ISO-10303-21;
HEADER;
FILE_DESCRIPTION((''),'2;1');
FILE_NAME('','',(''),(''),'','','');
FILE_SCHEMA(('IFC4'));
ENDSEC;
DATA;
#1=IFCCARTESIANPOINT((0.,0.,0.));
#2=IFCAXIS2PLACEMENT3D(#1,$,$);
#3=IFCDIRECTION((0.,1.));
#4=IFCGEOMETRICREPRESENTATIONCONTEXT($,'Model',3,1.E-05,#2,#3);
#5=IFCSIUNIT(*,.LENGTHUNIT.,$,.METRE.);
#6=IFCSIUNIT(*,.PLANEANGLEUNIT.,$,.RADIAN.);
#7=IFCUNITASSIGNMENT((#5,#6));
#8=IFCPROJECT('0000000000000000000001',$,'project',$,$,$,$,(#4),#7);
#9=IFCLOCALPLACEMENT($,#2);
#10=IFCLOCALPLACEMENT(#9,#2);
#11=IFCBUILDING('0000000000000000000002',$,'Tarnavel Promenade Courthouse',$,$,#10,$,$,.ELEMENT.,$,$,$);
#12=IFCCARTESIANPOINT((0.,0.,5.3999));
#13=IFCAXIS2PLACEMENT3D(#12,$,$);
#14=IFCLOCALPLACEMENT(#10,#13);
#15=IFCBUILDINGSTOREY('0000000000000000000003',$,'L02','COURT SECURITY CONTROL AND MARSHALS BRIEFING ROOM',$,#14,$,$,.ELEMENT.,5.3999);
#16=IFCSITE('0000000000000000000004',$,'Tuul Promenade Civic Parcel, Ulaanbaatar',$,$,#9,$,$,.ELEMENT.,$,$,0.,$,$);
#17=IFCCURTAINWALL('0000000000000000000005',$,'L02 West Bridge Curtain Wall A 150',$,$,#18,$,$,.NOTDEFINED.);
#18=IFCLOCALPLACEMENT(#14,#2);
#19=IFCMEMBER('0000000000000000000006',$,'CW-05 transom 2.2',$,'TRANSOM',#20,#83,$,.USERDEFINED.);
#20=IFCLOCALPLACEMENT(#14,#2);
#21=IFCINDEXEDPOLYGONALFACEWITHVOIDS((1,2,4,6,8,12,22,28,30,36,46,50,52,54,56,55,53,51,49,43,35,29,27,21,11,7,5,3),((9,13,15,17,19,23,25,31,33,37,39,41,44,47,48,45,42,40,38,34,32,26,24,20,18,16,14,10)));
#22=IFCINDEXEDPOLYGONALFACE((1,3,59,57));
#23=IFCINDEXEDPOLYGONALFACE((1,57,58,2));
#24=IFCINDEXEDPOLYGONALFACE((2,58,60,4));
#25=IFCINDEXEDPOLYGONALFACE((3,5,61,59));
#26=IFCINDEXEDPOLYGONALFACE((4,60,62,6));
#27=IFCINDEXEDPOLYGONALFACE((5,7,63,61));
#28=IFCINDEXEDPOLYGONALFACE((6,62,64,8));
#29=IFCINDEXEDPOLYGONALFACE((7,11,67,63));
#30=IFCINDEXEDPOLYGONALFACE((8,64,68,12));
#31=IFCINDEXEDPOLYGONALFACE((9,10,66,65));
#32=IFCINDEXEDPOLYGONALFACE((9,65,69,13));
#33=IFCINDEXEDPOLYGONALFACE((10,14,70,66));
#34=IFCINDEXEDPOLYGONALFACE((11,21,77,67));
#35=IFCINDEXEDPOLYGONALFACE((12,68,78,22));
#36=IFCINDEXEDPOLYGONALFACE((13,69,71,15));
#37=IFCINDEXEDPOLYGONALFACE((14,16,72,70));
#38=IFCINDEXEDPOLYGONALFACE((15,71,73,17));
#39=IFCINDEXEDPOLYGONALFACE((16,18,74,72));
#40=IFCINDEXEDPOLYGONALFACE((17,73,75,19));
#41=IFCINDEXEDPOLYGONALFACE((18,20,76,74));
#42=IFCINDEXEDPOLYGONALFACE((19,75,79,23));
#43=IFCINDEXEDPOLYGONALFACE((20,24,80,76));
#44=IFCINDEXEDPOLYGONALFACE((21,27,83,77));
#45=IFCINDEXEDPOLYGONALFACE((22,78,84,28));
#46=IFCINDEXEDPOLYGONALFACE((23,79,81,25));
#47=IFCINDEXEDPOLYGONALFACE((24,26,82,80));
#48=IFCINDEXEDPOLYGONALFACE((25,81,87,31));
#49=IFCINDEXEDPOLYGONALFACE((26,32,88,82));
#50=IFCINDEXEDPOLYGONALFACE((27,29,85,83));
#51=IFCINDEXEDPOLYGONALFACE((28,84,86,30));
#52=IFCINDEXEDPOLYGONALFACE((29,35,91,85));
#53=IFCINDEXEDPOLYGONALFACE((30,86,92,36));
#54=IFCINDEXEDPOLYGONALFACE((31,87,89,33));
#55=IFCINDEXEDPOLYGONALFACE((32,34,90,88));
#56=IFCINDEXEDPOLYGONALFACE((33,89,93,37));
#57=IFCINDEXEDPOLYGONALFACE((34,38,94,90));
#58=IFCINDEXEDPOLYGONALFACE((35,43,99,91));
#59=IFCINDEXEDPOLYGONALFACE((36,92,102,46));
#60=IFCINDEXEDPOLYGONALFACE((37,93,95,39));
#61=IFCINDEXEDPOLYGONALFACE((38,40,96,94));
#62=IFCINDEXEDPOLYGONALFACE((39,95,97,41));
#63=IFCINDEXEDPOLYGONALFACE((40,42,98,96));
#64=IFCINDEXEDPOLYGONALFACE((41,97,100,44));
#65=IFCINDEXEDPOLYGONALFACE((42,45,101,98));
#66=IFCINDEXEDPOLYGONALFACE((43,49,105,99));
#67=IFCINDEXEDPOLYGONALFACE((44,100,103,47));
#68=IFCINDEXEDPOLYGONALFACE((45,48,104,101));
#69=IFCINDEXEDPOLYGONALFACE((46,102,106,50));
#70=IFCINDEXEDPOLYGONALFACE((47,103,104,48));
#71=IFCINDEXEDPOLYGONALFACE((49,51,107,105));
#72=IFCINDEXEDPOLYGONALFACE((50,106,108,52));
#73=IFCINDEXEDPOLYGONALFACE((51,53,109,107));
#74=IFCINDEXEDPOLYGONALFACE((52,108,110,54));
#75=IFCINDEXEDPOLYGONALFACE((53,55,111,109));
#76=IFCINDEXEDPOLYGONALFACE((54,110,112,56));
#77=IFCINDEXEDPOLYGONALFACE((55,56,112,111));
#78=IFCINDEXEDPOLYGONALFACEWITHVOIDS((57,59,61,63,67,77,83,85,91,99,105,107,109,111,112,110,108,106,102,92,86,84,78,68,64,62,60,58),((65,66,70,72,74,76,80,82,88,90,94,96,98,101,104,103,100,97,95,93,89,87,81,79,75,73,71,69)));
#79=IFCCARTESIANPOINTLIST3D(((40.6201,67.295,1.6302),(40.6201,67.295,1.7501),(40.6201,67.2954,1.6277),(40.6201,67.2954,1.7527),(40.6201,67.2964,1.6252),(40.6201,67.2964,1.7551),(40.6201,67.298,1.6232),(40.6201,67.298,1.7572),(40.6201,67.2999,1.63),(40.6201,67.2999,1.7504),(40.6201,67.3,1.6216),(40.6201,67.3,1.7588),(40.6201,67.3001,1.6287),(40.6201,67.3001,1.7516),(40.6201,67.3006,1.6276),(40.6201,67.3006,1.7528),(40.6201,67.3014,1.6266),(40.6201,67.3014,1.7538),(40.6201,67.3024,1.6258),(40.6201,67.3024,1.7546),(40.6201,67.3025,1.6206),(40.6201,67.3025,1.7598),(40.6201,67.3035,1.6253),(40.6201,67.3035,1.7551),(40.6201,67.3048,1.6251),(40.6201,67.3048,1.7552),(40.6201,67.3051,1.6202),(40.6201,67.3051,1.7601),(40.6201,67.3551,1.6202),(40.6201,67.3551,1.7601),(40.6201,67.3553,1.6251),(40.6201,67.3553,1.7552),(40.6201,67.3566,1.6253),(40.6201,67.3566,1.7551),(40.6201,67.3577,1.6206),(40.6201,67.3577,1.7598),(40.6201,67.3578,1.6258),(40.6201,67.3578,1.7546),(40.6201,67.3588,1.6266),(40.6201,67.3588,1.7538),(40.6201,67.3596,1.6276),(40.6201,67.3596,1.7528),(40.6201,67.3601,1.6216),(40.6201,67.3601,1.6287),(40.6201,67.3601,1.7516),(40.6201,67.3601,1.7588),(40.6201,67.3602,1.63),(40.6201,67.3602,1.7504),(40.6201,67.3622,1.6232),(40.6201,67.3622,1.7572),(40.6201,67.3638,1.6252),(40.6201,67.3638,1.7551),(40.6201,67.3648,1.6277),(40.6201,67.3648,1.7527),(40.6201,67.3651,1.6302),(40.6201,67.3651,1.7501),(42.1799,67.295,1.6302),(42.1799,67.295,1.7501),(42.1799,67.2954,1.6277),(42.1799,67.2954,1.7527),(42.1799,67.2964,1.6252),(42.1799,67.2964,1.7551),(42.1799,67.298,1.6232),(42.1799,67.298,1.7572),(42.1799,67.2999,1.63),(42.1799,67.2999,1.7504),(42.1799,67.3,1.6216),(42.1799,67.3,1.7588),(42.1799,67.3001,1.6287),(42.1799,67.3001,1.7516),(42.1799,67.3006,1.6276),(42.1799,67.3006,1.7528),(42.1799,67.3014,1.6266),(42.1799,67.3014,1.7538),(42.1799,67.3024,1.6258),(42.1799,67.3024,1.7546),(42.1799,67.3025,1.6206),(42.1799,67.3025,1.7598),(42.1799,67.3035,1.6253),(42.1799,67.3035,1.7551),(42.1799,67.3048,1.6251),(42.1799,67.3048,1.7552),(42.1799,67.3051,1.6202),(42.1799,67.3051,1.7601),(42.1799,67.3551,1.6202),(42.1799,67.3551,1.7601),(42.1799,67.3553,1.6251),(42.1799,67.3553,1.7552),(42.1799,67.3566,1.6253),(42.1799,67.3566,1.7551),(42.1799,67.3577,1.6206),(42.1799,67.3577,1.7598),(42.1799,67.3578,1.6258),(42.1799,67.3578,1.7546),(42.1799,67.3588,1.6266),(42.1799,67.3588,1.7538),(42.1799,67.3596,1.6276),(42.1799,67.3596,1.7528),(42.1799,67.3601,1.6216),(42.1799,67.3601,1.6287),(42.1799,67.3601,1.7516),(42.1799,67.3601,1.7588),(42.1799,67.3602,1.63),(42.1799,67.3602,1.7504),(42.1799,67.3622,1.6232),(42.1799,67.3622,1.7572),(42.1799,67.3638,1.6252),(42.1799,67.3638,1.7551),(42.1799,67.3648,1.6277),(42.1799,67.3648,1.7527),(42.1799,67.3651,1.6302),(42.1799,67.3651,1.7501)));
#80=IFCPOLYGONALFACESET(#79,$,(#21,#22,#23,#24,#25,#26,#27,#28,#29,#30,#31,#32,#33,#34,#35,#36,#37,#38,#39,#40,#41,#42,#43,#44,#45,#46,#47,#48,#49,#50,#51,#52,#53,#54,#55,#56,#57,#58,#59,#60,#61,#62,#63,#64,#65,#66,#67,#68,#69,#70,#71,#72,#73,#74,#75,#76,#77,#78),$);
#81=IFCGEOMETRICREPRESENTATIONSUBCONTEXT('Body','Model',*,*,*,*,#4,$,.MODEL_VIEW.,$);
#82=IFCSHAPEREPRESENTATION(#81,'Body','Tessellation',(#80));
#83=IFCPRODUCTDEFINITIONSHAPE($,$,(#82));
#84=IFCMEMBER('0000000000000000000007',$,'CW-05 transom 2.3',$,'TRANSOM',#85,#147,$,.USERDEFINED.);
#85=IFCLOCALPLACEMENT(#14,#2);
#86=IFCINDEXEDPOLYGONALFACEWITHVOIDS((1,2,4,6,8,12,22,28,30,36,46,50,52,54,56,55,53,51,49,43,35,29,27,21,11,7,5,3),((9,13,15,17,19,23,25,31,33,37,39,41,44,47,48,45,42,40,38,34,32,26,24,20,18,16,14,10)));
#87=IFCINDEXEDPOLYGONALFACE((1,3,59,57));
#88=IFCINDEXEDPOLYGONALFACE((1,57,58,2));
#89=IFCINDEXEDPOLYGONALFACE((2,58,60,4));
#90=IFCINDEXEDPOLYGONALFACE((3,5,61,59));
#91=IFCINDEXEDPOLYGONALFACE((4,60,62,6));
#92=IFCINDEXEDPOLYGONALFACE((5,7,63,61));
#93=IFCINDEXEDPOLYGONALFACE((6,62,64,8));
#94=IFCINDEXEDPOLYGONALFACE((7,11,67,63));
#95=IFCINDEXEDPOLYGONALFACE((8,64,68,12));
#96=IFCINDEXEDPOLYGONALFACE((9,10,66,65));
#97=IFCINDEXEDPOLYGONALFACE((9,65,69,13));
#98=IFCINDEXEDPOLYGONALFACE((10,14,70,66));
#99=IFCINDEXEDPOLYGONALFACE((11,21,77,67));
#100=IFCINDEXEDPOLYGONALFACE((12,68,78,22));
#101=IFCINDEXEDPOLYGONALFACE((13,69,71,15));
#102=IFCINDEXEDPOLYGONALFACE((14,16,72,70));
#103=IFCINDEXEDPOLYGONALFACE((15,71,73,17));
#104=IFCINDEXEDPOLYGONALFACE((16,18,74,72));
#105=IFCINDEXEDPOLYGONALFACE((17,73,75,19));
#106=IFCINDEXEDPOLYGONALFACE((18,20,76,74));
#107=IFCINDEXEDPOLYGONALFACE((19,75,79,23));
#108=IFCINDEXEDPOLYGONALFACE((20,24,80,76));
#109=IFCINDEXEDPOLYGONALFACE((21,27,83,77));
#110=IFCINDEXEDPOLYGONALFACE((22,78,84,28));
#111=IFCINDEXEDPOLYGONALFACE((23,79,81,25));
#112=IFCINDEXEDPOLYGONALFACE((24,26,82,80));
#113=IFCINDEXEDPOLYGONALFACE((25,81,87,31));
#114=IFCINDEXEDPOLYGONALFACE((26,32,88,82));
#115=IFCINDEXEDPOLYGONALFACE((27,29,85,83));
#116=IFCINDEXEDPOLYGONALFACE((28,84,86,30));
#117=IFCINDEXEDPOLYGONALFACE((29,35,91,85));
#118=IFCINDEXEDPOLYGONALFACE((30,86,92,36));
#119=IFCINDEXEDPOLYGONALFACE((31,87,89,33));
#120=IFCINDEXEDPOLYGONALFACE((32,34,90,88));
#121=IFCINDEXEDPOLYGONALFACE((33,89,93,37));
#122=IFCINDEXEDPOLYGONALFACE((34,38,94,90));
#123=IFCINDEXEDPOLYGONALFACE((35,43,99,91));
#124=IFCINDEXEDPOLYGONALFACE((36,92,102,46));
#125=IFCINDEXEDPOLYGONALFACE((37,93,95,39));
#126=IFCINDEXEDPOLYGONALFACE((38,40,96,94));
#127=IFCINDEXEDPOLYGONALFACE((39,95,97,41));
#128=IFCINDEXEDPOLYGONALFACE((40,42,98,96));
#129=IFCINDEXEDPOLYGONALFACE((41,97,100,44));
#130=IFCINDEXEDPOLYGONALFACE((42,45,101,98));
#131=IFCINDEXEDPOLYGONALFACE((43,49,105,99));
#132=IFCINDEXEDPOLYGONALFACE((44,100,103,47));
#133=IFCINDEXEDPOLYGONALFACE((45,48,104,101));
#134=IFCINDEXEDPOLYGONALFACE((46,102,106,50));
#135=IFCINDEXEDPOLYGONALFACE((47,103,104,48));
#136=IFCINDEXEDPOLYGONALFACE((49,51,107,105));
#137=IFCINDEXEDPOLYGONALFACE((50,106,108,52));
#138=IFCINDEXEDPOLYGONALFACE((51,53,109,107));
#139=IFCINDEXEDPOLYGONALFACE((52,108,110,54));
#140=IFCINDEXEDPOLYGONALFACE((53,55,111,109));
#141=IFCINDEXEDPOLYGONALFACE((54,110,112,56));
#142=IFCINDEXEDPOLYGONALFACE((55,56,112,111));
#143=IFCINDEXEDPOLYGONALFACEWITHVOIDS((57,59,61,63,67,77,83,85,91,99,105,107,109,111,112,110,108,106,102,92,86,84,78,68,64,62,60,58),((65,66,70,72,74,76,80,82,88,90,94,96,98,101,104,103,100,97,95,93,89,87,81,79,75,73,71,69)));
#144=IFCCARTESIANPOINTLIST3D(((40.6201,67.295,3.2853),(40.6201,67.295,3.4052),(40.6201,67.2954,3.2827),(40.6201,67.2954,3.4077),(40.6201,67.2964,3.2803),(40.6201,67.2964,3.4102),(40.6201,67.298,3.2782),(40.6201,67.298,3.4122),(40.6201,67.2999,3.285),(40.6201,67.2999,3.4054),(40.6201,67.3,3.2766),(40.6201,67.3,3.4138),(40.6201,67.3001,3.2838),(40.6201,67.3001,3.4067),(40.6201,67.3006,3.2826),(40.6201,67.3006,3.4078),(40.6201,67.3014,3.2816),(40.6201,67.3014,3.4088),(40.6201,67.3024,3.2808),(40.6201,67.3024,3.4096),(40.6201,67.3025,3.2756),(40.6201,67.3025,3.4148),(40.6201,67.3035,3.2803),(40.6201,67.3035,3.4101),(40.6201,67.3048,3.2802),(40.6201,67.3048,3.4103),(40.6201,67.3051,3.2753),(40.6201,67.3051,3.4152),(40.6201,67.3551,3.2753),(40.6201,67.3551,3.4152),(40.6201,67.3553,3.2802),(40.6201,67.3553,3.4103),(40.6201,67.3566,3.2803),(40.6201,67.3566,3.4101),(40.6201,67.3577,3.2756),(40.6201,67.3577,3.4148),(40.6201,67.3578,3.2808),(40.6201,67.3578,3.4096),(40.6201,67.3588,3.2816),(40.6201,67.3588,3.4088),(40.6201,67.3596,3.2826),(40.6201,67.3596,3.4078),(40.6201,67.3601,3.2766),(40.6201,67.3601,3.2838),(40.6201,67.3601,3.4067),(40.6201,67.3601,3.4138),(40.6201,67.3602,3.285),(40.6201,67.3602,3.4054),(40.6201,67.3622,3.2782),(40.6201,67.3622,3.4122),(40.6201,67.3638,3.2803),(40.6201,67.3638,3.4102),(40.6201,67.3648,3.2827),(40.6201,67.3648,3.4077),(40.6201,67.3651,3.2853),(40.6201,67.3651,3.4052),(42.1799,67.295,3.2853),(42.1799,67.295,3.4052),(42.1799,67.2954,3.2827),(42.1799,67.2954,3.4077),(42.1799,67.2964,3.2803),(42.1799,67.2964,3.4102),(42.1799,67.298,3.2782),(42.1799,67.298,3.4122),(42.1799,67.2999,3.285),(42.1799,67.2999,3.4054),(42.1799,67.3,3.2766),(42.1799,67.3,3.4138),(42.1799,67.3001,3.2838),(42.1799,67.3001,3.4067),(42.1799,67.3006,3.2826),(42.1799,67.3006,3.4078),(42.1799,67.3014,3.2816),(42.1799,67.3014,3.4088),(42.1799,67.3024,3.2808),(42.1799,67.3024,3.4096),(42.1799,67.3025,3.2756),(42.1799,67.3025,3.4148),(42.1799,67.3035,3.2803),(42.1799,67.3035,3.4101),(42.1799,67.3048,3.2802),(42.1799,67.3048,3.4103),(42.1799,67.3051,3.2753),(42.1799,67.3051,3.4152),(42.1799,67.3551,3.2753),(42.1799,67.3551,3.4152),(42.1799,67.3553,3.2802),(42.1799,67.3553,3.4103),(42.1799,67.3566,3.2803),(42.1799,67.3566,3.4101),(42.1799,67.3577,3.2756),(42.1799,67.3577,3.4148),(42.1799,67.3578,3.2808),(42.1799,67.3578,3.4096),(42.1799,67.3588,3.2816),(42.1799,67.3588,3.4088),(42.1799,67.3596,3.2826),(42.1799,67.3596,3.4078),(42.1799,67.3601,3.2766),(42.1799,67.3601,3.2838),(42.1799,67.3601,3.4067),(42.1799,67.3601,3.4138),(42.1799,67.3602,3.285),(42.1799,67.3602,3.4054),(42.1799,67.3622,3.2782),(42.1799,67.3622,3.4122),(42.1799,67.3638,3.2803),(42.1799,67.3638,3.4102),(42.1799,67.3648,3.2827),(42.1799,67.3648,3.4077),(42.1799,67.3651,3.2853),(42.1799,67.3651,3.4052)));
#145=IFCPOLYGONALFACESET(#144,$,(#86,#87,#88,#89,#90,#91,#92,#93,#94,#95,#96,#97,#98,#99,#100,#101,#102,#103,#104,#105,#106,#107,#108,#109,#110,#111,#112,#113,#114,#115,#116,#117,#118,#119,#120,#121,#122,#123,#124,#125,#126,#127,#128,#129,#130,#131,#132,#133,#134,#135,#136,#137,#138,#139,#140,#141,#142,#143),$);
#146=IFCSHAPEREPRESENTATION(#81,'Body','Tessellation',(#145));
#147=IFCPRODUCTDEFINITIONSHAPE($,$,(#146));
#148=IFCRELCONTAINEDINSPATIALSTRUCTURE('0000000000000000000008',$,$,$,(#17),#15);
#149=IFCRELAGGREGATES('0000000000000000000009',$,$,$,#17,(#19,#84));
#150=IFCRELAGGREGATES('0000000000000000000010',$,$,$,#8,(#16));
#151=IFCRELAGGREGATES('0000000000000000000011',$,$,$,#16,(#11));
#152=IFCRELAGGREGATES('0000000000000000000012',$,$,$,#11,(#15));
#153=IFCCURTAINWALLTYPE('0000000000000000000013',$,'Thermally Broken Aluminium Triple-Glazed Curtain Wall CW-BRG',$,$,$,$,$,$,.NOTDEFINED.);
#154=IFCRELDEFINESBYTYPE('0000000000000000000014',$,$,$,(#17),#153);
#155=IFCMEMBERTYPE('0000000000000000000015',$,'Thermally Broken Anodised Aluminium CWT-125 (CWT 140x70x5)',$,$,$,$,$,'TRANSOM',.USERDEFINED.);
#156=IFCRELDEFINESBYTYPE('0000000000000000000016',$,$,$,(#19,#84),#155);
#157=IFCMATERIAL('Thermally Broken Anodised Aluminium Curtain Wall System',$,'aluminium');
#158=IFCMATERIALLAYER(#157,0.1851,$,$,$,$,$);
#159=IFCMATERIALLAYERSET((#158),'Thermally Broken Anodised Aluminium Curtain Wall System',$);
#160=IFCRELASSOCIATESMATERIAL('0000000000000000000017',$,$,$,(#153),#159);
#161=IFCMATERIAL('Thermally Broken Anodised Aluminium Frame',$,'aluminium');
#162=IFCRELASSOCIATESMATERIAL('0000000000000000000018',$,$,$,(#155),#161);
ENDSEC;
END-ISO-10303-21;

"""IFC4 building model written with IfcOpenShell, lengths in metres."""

from ifc_helpers import new_model, si_unit, direction, frame, origin, origin_2d, place, context, subcontext, project, spatial, hollow_rectangle, extrude, material, layer, layer_set, material_profile, profile_set, type_object, element, aggregate, save


model = new_model("IFC4")

# Units and contexts
model_context = context("Model", 3, precision=1e-05, world=origin(), true_north=direction((0.0, 1.0)))
body_context = subcontext(model_context, "Body", "Model", "MODEL_VIEW")
ifc_project = project(units=[si_unit("LENGTHUNIT", "METRE"), si_unit("PLANEANGLEUNIT", "RADIAN")], contexts=[model_context])

# Site, building, storey
site_placement = place(None, origin())
site = spatial("IfcSite", under=ifc_project, at=site_placement, Name="Tuul Promenade Civic Parcel, Ulaanbaatar", CompositionType="ELEMENT", RefElevation=0.0)
building_placement = place(site_placement, origin())
building = spatial("IfcBuilding", under=site, at=building_placement, Name="Tarnavel Promenade Courthouse", CompositionType="ELEMENT")
storey_placement = place(building_placement, frame((0.0, 0.0, 5.3999)))
storey = spatial("IfcBuildingStorey", under=building, at=storey_placement, Name="L02", Description="COURT SECURITY CONTROL AND MARSHALS BRIEFING ROOM", CompositionType="ELEMENT", Elevation=5.3999)

# Curtain wall
ifc_material_1 = material(Name="Thermally Broken Anodised Aluminium Curtain Wall System", Category="aluminium")
ifc_layer_1 = layer(ifc_material_1, 0.1851)
ifc_layer_set_1 = layer_set([ifc_layer_1], Name="Thermally Broken Anodised Aluminium Curtain Wall System")
curtain_wall_type = type_object("IfcCurtainWallType", Name="Thermally Broken Aluminium Triple-Glazed Curtain Wall CW-BRG", PredefinedType="NOTDEFINED", material=ifc_layer_set_1)
curtain_wall_1_placement = place(storey_placement, origin())
curtain_wall_1 = element("IfcCurtainWall", 1, at=curtain_wall_1_placement, inside=storey, type_object=curtain_wall_type, Name="L02 West Bridge Curtain Wall A 150", PredefinedType="NOTDEFINED")
ifc_material_2 = material(Name="Thermally Broken Anodised Aluminium Frame", Category="aluminium")

# Members
ifc_material_profile_1 = material_profile(ifc_material_2, hollow_rectangle(XDim=0.0701, YDim=0.1399, WallThickness=0.0049, InnerFilletRadius=0.0049, OuterFilletRadius=0.01, at=origin_2d()), Name="CWT 140x70x5")
ifc_profile_set_1 = profile_set([ifc_material_profile_1], Name="Thermally Broken Anodised Aluminium Frame")
member_type_1 = type_object("IfcMemberType", Name="Thermally Broken Anodised Aluminium CWT-125 (CWT 140x70x5)", ElementType="TRANSOM", PredefinedType="USERDEFINED", material=ifc_profile_set_1)
member_1_placement = place(storey_placement, frame((40.6201, 67.3301, 1.6902), z_axis=(1.0, 0.0, 0.0), x_axis=(0.0, 1.0, 0.0)))
member_1 = element("IfcMember", 2, at=member_1_placement, type_object=member_type_1, Name="CW-05 transom 2.2", ObjectType="TRANSOM", PredefinedType="USERDEFINED", context=body_context, shape_type="SweptSolid", body=[
    extrude(hollow_rectangle(XDim=0.0701, YDim=0.1399, WallThickness=0.0049, InnerFilletRadius=0.0049, OuterFilletRadius=0.01, at=origin_2d()), origin(), (0.0, 0.0, 1.0), 1.5598),
])
member_2_placement = place(storey_placement, frame((40.6201, 67.3301, 3.3452), z_axis=(1.0, 0.0, 0.0), x_axis=(0.0, 1.0, 0.0)))
member_2 = element("IfcMember", 3, at=member_2_placement, type_object=member_type_1, Name="CW-05 transom 2.3", ObjectType="TRANSOM", PredefinedType="USERDEFINED", context=body_context, shape_type="SweptSolid", body=[
    extrude(hollow_rectangle(XDim=0.0701, YDim=0.1399, WallThickness=0.0049, InnerFilletRadius=0.0049, OuterFilletRadius=0.01, at=origin_2d()), origin(), (0.0, 0.0, 1.0), 1.5598),
])

aggregate(curtain_wall_1, [member_1, member_2])

save(model, "model.ifc")
